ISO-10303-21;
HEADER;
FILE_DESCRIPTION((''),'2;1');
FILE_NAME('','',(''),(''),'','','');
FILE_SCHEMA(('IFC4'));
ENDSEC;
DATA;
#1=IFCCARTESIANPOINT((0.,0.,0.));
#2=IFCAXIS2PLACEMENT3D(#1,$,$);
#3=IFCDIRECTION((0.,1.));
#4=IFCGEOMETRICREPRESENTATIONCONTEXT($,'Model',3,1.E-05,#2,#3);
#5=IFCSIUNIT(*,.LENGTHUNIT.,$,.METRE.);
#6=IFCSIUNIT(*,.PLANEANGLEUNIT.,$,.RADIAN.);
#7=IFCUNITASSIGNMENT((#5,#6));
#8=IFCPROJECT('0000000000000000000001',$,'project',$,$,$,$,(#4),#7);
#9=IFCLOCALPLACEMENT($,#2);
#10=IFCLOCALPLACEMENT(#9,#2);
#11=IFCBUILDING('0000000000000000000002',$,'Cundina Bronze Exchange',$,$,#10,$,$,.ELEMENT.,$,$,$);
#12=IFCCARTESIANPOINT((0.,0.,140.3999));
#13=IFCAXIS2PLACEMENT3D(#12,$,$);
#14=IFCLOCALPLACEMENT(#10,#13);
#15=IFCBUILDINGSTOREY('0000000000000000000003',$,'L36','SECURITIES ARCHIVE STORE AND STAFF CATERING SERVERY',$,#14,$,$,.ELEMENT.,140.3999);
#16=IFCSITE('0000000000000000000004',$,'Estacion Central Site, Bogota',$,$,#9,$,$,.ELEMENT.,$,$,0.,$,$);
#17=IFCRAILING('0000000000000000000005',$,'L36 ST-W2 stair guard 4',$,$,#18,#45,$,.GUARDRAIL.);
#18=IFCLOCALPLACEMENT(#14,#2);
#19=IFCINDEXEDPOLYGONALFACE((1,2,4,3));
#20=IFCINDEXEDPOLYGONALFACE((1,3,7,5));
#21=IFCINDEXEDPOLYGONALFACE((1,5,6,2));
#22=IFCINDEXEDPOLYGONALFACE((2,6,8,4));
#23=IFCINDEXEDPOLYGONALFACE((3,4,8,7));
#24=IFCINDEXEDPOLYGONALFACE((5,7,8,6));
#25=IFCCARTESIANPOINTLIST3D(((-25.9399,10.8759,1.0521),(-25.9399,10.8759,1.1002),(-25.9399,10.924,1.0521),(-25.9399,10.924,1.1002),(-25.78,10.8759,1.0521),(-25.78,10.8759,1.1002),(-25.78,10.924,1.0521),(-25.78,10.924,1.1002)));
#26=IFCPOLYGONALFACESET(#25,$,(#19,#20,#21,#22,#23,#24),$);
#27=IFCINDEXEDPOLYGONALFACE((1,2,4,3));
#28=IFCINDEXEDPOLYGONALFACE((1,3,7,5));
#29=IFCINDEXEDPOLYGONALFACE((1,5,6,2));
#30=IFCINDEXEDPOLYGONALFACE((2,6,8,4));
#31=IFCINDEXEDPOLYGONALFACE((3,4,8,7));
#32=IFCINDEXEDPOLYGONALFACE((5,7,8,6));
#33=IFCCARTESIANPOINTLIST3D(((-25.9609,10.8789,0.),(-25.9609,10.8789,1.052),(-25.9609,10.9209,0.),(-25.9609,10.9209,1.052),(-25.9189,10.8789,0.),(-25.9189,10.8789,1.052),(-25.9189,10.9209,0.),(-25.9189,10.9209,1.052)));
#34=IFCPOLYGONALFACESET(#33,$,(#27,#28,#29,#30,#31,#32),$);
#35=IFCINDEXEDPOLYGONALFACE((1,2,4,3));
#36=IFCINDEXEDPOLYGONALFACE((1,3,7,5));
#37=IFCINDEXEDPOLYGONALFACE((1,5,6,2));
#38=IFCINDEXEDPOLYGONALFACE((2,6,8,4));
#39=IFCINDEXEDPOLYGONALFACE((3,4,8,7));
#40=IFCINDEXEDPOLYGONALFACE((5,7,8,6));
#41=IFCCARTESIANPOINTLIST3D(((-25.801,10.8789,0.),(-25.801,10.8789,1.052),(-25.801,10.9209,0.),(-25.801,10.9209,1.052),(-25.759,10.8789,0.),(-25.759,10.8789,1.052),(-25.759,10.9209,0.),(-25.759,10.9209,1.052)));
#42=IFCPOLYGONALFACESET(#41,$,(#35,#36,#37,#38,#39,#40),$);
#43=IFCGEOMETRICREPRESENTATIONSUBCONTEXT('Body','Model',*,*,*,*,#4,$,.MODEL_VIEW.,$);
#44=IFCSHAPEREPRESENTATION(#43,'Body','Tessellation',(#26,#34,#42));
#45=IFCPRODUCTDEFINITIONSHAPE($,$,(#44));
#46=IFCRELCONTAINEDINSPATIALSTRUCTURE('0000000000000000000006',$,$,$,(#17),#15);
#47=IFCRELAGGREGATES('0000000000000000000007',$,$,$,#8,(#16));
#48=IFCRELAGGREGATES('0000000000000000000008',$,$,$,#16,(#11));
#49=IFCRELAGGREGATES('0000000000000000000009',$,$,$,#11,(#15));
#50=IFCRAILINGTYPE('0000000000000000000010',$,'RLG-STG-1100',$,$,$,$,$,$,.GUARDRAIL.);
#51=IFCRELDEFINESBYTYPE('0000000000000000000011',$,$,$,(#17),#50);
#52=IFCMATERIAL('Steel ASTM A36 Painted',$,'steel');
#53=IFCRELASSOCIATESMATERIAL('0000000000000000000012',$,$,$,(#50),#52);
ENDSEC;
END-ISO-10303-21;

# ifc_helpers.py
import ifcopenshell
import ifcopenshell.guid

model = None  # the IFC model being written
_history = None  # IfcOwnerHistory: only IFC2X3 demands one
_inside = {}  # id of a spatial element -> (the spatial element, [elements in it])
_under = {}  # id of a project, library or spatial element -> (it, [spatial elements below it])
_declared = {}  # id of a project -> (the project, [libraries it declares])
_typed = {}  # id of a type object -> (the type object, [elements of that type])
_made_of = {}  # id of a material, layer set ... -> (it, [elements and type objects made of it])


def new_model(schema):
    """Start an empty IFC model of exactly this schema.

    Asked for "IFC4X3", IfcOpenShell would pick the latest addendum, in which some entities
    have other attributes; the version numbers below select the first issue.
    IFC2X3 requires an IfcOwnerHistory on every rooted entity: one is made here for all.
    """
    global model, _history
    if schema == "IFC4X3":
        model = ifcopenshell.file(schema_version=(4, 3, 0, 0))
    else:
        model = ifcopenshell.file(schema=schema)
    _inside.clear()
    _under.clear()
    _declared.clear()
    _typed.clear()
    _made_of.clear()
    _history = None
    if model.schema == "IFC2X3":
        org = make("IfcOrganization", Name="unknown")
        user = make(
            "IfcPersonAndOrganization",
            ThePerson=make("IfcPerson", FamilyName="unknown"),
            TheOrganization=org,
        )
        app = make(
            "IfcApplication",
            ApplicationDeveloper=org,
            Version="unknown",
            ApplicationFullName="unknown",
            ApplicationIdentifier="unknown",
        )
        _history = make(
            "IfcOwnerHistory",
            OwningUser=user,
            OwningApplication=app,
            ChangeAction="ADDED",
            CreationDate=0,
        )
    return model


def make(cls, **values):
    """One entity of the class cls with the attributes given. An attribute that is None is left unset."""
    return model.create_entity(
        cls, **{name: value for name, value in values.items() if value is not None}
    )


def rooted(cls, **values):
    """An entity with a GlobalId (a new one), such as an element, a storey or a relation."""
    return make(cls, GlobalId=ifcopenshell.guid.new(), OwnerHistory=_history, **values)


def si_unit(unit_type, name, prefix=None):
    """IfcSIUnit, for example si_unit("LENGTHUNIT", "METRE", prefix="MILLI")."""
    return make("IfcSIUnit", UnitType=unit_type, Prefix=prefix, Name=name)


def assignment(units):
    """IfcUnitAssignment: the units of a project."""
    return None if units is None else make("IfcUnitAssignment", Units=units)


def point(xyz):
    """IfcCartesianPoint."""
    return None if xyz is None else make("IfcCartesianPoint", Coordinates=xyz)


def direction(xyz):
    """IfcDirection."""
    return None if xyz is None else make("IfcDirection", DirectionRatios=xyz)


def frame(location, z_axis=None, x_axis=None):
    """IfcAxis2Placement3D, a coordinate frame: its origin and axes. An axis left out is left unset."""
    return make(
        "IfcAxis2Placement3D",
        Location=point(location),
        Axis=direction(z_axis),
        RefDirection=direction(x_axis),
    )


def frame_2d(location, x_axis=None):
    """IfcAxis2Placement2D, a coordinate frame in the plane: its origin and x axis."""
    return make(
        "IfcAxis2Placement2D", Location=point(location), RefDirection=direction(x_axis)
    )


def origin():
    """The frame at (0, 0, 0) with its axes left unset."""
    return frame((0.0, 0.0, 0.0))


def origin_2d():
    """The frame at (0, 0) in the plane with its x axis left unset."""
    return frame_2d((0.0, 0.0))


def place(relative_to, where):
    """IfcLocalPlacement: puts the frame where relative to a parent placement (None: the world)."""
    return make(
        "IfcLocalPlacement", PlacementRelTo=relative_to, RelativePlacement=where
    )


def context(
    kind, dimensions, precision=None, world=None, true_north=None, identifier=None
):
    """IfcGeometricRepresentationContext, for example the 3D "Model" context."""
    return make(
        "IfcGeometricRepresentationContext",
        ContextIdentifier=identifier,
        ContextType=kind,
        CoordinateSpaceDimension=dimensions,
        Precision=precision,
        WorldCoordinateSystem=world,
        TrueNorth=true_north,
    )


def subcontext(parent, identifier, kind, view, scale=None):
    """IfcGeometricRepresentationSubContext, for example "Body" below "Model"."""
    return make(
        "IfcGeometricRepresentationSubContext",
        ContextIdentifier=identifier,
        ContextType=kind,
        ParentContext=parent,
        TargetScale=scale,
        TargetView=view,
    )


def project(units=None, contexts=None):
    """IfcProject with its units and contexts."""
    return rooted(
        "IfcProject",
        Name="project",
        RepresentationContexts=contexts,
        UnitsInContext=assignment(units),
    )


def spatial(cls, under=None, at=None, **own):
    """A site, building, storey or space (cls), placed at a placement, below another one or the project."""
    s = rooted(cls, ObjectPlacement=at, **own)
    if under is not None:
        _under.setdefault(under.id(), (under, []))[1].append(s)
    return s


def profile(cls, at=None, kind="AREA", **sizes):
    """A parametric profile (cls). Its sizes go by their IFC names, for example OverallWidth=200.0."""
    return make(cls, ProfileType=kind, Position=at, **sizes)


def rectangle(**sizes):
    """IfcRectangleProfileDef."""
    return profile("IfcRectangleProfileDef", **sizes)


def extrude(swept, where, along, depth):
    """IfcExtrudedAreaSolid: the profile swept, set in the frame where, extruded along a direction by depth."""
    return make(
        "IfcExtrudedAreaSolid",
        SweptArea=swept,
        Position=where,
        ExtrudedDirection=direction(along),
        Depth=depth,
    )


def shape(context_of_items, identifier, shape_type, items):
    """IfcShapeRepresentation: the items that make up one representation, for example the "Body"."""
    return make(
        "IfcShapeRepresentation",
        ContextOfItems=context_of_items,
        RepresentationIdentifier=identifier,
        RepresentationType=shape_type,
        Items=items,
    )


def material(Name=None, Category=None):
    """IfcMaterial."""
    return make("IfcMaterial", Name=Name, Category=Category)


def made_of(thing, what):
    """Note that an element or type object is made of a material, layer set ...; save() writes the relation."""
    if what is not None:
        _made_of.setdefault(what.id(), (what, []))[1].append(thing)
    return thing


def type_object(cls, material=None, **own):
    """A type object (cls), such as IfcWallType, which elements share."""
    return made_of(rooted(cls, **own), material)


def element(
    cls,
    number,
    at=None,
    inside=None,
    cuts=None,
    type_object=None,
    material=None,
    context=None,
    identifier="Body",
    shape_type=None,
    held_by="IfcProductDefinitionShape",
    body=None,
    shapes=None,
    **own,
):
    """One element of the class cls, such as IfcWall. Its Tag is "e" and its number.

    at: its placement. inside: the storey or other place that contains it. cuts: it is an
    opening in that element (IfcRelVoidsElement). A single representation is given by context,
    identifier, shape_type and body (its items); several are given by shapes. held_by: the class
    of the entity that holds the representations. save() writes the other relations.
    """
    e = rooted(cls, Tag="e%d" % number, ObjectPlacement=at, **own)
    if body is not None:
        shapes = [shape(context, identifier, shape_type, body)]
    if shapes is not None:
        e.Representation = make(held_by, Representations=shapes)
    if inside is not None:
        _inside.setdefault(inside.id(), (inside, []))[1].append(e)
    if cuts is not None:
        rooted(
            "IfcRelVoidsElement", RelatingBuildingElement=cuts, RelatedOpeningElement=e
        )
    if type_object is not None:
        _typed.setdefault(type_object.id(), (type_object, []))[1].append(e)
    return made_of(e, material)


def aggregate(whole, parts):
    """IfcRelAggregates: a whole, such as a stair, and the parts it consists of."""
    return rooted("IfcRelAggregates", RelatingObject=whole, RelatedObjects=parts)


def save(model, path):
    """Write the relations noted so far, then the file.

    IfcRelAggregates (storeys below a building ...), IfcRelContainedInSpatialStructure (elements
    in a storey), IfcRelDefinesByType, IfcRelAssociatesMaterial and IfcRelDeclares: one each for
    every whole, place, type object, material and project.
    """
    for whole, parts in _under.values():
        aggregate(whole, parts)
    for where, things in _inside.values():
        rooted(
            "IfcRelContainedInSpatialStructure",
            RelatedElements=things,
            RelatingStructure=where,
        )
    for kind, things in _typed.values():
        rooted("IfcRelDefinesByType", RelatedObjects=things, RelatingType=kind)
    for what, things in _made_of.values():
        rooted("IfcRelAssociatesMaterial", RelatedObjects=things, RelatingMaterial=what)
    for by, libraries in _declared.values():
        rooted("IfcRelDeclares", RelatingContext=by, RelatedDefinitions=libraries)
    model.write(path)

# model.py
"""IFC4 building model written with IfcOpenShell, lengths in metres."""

from ifc_helpers import new_model, si_unit, direction, frame, origin, origin_2d, place, context, subcontext, project, spatial, rectangle, extrude, material, type_object, element, save


model = new_model("IFC4")

# Units and contexts
model_context = context("Model", 3, precision=1e-05, world=origin(), true_north=direction((0.0, 1.0)))
body_context = subcontext(model_context, "Body", "Model", "MODEL_VIEW")
ifc_project = project(units=[si_unit("LENGTHUNIT", "METRE"), si_unit("PLANEANGLEUNIT", "RADIAN")], contexts=[model_context])

# Site, building, storey
site_placement = place(None, origin())
site = spatial("IfcSite", under=ifc_project, at=site_placement, Name="Estacion Central Site, Bogota", CompositionType="ELEMENT", RefElevation=0.0)
building_placement = place(site_placement, origin())
building = spatial("IfcBuilding", under=site, at=building_placement, Name="Cundina Bronze Exchange", CompositionType="ELEMENT")
storey_placement = place(building_placement, frame((0.0, 0.0, 140.3999)))
storey = spatial("IfcBuildingStorey", under=building, at=storey_placement, Name="L36", Description="SECURITIES ARCHIVE STORE AND STAFF CATERING SERVERY", CompositionType="ELEMENT", Elevation=140.3999)

# Shared definitions
ifc_material_1 = material(Name="Steel ASTM A36 Painted", Category="steel")

# Railing
railing_type_1 = type_object("IfcRailingType", Name="RLG-STG-1100", PredefinedType="GUARDRAIL", material=ifc_material_1)
railing_1_placement = place(storey_placement, frame((-25.9399, 10.8999, 0.0)))
element("IfcRailing", 1, at=railing_1_placement, inside=storey, type_object=railing_type_1, Name="L36 ST-W2 stair guard 4", PredefinedType="GUARDRAIL", context=body_context, shape_type="SweptSolid", body=[
    extrude(rectangle(XDim=0.0481, YDim=0.0481, at=origin_2d()), frame((0.0, 0.0, 1.0762), z_axis=(1.0, 0.0, 0.0), x_axis=(0.0, 1.0, 0.0)), (0.0, 0.0, 1.0), 0.1599),
    extrude(rectangle(XDim=0.042, YDim=0.042, at=origin_2d()), origin(), (0.0, 0.0, 1.0), 1.052),
    extrude(rectangle(XDim=0.042, YDim=0.042, at=origin_2d()), frame((0.1599, 0.0, 0.0)), (0.0, 0.0, 1.0), 1.052),
])

save(model, "model.ifc")
